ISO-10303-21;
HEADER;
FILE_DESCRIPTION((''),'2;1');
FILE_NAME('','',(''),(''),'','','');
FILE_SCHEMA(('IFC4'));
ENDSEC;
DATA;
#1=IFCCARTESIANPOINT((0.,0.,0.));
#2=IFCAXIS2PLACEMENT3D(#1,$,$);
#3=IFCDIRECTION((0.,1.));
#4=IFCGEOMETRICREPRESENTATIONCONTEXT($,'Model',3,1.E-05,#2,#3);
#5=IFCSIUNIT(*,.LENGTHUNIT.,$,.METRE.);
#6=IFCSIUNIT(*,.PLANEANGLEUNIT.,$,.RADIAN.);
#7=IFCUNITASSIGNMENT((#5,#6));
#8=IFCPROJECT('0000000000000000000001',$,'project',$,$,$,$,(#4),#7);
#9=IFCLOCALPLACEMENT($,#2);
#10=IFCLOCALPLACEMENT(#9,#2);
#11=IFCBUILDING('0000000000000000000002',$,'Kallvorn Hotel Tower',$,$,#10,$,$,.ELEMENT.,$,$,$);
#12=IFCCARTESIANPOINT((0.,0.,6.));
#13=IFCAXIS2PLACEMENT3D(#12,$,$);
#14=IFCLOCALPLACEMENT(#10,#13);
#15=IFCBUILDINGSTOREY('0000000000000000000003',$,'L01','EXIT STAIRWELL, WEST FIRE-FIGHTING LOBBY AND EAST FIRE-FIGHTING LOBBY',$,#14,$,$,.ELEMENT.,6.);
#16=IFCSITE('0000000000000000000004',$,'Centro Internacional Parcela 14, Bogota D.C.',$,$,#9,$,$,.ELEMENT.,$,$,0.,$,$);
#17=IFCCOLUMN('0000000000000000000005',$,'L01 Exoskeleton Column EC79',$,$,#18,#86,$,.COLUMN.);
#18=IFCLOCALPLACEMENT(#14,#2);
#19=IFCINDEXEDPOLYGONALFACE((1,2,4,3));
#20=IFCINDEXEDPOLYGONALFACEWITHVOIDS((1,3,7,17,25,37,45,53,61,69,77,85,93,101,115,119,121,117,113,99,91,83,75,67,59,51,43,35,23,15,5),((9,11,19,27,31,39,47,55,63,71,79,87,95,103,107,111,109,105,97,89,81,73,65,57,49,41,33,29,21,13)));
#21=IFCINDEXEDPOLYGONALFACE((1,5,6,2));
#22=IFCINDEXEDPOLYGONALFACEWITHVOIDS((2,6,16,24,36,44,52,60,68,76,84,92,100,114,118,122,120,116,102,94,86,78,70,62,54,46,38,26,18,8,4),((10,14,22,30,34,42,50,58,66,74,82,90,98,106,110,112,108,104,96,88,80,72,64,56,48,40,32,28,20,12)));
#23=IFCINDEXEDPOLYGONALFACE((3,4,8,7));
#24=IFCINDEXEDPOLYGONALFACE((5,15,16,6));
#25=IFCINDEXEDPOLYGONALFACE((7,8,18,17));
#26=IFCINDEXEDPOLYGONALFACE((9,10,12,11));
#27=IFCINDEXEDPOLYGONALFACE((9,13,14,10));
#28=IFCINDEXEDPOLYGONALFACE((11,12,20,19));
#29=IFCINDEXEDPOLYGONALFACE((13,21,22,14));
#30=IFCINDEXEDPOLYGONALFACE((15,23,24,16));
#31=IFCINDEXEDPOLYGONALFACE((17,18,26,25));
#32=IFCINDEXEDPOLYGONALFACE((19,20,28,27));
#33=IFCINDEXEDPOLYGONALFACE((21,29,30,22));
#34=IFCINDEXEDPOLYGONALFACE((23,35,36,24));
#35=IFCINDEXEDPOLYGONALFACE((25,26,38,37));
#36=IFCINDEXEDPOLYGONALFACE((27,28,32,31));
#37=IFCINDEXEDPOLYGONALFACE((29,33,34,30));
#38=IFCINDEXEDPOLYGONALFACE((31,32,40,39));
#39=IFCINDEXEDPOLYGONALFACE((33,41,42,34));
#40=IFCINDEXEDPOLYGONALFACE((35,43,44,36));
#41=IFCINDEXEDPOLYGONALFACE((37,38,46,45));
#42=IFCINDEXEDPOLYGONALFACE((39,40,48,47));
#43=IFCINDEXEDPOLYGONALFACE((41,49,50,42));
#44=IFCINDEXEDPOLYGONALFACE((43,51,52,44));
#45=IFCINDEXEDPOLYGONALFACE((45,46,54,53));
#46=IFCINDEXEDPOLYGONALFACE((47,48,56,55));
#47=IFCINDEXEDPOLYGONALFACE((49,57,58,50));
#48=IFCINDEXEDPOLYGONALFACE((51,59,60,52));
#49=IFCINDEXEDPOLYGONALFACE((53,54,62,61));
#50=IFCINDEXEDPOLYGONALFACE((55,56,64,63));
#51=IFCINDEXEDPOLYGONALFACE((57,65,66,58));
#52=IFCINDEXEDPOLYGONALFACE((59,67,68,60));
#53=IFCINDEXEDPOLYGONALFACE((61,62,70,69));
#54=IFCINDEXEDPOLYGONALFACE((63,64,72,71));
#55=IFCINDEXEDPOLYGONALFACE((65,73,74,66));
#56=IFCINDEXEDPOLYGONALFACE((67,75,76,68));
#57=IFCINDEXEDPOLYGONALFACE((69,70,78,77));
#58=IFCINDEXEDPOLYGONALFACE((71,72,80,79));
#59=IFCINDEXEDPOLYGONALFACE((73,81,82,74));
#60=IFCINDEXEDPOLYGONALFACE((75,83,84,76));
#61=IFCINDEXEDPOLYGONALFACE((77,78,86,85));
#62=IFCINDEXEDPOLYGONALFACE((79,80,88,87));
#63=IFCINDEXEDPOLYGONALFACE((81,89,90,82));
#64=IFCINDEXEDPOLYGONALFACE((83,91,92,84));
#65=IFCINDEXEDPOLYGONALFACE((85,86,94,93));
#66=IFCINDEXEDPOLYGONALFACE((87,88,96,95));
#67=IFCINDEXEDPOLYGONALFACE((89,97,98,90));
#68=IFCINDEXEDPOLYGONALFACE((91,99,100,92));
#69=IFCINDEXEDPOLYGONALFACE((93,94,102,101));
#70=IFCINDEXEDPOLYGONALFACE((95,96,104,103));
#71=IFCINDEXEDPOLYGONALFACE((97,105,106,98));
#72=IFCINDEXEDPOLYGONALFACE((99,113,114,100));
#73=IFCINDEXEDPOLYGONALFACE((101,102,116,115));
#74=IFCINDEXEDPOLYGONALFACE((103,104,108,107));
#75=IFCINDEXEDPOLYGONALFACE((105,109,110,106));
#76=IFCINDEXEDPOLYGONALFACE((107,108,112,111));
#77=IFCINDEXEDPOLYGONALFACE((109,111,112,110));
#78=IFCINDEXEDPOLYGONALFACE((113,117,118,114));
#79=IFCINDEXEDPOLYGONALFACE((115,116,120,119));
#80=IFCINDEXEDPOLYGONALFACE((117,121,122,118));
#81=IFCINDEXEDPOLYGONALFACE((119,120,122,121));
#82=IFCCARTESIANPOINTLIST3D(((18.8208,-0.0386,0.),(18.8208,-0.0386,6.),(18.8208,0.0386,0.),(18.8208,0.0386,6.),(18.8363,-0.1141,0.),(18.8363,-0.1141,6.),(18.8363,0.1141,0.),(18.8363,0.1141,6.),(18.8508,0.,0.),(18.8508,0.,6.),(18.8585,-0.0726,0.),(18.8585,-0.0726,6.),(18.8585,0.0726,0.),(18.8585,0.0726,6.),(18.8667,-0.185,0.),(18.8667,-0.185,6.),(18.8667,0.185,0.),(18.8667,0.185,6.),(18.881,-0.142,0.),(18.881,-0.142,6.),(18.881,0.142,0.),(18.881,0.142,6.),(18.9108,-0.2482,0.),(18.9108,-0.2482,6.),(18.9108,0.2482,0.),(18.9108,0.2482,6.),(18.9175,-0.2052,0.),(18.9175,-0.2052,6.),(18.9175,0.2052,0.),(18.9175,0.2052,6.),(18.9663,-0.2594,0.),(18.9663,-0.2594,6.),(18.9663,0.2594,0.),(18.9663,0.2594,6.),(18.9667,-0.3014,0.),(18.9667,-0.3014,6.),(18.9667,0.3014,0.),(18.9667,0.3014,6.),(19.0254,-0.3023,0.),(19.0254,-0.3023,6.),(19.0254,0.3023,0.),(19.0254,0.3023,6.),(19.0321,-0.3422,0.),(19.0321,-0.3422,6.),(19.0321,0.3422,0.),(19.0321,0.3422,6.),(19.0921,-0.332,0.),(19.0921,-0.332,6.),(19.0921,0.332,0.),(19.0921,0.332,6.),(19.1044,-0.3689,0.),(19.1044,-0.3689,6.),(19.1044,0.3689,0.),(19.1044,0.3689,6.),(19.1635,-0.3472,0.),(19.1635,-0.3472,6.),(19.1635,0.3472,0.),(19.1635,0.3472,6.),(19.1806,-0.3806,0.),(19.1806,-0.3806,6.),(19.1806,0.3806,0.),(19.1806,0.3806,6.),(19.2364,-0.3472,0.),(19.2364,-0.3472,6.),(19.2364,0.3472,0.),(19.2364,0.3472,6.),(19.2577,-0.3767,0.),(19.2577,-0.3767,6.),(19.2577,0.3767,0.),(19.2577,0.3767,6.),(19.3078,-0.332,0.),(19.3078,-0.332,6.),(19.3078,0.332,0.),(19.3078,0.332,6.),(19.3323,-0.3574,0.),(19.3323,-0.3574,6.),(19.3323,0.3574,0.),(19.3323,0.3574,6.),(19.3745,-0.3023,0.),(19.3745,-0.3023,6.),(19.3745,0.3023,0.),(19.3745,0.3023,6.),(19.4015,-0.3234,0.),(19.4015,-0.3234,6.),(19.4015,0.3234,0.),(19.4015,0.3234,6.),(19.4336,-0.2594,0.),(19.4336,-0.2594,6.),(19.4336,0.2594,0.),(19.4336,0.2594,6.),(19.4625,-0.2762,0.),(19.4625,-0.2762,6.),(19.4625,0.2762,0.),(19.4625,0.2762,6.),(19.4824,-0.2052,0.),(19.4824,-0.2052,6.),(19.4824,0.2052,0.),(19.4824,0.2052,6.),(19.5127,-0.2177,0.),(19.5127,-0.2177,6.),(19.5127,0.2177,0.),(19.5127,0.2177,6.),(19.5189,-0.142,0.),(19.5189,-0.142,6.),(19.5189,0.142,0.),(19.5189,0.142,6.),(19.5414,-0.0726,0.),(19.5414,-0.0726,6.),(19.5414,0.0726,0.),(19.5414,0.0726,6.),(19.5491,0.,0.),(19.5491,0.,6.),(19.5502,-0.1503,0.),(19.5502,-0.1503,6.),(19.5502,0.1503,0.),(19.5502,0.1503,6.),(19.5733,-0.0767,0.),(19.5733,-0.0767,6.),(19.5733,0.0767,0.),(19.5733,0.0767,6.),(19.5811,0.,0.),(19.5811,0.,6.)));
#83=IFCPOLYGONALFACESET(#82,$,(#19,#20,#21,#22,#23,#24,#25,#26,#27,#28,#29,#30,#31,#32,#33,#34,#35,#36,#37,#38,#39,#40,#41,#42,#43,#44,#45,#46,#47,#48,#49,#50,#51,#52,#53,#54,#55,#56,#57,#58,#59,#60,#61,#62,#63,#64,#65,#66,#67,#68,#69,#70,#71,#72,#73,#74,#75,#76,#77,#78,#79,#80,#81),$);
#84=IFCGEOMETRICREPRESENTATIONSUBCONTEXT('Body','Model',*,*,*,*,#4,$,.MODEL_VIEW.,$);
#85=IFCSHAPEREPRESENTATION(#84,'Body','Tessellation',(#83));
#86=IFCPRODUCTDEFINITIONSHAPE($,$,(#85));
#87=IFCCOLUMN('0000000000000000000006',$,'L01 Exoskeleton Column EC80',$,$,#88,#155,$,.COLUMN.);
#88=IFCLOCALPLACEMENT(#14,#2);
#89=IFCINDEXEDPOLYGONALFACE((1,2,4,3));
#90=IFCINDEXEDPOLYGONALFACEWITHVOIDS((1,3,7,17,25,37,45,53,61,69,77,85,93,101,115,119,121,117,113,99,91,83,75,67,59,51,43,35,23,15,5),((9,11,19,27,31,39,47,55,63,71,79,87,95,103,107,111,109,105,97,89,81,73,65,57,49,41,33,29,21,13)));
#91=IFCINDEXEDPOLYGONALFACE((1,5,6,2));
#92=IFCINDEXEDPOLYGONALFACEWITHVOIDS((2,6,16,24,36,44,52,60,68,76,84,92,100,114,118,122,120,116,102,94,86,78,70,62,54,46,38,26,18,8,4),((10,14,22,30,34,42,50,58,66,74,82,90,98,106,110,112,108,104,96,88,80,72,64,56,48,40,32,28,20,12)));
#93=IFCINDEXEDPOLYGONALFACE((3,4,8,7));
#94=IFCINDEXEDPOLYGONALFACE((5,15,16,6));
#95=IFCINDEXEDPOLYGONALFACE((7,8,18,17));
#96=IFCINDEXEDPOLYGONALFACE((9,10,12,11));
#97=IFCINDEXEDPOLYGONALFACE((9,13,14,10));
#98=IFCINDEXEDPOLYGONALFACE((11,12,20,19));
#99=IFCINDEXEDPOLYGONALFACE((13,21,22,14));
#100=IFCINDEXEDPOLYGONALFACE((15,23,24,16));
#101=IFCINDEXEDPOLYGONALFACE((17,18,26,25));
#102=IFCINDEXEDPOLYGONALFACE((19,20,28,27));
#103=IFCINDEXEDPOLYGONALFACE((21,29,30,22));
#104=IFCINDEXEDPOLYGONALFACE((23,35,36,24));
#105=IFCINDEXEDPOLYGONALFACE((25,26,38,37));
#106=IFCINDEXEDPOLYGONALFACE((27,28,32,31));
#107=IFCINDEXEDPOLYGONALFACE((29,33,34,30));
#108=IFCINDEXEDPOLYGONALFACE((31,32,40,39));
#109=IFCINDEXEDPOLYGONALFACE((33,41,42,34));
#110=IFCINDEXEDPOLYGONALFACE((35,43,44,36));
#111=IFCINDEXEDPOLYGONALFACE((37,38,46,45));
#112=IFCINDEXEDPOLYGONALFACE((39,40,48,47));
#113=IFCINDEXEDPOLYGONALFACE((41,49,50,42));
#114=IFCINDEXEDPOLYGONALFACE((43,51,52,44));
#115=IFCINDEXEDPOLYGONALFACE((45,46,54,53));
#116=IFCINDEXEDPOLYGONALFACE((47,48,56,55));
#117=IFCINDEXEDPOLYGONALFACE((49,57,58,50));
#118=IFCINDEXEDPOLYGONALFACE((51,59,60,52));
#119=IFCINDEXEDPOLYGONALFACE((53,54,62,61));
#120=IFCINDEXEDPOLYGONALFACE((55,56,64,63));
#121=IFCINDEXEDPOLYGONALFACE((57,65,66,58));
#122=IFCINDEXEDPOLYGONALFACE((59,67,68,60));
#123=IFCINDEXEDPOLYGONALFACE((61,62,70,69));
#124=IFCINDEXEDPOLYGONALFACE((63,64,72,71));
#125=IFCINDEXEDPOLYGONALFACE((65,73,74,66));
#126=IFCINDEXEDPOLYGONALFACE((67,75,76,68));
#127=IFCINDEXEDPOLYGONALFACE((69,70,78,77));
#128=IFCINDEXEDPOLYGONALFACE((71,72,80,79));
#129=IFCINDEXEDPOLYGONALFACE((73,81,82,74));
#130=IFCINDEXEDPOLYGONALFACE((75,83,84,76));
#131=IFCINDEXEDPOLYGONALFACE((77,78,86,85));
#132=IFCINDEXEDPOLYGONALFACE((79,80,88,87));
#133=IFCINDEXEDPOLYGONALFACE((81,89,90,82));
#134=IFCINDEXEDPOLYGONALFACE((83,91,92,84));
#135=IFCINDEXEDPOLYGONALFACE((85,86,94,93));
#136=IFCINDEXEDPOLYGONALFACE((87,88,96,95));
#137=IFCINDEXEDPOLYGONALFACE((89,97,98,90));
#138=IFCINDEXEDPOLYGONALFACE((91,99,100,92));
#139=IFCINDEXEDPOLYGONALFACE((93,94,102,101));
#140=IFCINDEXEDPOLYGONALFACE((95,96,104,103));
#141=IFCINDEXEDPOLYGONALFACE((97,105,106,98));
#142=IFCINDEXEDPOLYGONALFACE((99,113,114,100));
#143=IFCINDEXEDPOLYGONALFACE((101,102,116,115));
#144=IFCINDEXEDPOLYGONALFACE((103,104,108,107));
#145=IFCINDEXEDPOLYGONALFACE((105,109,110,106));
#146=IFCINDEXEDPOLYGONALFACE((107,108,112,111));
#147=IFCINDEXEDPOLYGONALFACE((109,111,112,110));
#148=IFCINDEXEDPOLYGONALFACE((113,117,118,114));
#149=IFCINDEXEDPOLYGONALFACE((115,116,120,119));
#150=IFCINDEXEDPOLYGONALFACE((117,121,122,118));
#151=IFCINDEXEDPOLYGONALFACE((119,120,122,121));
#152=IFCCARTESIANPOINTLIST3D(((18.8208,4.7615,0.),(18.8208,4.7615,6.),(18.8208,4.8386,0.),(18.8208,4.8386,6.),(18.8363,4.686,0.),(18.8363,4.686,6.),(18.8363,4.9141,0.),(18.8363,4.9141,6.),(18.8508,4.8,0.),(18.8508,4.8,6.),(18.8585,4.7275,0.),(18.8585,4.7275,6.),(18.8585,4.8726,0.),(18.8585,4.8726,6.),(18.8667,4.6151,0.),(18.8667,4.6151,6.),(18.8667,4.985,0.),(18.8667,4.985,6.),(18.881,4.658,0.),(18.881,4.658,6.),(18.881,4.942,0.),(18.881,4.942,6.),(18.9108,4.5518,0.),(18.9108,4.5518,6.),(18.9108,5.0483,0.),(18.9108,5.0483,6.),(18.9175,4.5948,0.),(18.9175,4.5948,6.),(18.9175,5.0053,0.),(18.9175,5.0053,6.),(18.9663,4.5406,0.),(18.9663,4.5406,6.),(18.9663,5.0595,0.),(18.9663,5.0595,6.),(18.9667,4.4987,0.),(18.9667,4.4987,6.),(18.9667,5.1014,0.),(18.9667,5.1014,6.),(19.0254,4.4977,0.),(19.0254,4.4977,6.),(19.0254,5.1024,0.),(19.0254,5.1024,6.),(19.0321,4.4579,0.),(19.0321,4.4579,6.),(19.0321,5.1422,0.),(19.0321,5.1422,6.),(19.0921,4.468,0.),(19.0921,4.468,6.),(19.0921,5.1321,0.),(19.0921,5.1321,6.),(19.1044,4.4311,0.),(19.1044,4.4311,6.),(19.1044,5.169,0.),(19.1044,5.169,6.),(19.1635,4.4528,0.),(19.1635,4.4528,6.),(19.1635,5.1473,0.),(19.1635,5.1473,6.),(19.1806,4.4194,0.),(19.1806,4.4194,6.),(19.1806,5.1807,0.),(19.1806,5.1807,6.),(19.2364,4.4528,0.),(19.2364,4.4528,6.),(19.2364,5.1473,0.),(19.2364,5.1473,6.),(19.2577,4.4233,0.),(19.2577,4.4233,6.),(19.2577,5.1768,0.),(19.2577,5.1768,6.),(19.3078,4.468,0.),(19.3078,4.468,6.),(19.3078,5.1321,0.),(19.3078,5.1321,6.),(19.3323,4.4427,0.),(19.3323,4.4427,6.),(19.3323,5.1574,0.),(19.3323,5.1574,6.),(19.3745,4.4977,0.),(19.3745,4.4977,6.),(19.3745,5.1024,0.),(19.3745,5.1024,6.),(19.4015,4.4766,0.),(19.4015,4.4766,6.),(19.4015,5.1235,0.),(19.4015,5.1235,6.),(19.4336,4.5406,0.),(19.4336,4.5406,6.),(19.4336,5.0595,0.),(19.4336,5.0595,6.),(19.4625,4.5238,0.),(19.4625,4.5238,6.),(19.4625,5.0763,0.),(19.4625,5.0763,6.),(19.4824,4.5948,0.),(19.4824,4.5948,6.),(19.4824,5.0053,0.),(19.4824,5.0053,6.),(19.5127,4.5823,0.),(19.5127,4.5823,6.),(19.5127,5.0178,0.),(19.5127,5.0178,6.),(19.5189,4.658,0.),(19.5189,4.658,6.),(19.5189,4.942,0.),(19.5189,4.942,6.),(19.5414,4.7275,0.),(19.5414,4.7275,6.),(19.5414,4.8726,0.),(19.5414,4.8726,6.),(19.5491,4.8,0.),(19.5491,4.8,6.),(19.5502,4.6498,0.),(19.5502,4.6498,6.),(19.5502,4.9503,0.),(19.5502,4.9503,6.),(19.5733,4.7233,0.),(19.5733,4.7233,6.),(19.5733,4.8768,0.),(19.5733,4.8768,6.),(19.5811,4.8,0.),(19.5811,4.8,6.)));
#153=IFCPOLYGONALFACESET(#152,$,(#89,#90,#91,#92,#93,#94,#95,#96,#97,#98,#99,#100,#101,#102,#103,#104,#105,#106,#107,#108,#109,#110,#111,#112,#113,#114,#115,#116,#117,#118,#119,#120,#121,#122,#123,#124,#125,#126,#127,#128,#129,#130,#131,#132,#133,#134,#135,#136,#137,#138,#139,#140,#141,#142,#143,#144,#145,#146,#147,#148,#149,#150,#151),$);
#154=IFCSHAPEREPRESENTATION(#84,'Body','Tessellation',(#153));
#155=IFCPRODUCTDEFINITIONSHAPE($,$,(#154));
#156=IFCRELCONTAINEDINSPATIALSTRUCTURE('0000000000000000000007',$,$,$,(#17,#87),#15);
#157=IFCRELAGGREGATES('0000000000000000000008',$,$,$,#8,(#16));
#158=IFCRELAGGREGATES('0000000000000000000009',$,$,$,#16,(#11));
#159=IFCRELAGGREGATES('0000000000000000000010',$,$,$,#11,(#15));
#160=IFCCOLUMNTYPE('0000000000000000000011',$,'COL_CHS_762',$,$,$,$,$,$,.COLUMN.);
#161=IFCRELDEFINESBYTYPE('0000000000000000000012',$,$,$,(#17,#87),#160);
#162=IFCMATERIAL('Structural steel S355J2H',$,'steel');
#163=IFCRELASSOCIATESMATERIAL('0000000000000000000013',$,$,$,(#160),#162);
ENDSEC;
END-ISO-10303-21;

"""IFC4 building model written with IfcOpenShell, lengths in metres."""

from ifc_helpers import new_model, si_unit, direction, frame, origin, origin_2d, place, context, subcontext, project, spatial, hollow_circle, extrude, material, material_profile, profile_set, type_object, element, save


model = new_model("IFC4")

# Units and contexts
model_context = context("Model", 3, precision=1e-05, world=origin(), true_north=direction((0.0, 1.0)))
body_context = subcontext(model_context, "Body", "Model", "MODEL_VIEW")
ifc_project = project(units=[si_unit("LENGTHUNIT", "METRE"), si_unit("PLANEANGLEUNIT", "RADIAN")], contexts=[model_context])

# Site, building, storey
site_placement = place(None, origin())
site = spatial("IfcSite", under=ifc_project, at=site_placement, Name="Centro Internacional Parcela 14, Bogota D.C.", CompositionType="ELEMENT", RefElevation=0.0)
building_placement = place(site_placement, origin())
building = spatial("IfcBuilding", under=site, at=building_placement, Name="Kallvorn Hotel Tower", CompositionType="ELEMENT")
storey_placement = place(building_placement, frame((0.0, 0.0, 6.0)))
storey = spatial("IfcBuildingStorey", under=building, at=storey_placement, Name="L01", Description="EXIT STAIRWELL, WEST FIRE-FIGHTING LOBBY AND EAST FIRE-FIGHTING LOBBY", CompositionType="ELEMENT", Elevation=6.0)

# Columns
ifc_material_1 = material(Name="Structural steel S355J2H", Category="steel")
ifc_material_profile_1 = material_profile(ifc_material_1, hollow_circle(Radius=0.3811, WallThickness=0.032, at=origin_2d()), Name="CHS 762x32")
ifc_profile_set_1 = profile_set([ifc_material_profile_1], Name="Structural steel S355J2H")
column_type_1 = type_object("IfcColumnType", Name="COL_CHS_762", PredefinedType="COLUMN", material=ifc_profile_set_1)
for number, where, z_axis, x_axis, name in (
    (1, (19.2, 0.0, 0.0), (0.0, 0.0, 1.0), (1.0, 0.0, 0.0), "L01 Exoskeleton Column EC79"),
    (2, (19.2, 4.8, 0.0), (0.0, 0.0, 1.0), (1.0, 0.0, 0.0), "L01 Exoskeleton Column EC80"),
):
    element("IfcColumn", number, at=place(storey_placement, frame(where, z_axis=z_axis, x_axis=x_axis)), inside=storey, type_object=column_type_1, Name=name, PredefinedType="COLUMN", context=body_context, shape_type="SweptSolid", body=[
        extrude(hollow_circle(Radius=0.3811, WallThickness=0.032, at=origin_2d()), origin(), (0.0, 0.0, 1.0), 6.0),
    ])

save(model, "model.ifc")
